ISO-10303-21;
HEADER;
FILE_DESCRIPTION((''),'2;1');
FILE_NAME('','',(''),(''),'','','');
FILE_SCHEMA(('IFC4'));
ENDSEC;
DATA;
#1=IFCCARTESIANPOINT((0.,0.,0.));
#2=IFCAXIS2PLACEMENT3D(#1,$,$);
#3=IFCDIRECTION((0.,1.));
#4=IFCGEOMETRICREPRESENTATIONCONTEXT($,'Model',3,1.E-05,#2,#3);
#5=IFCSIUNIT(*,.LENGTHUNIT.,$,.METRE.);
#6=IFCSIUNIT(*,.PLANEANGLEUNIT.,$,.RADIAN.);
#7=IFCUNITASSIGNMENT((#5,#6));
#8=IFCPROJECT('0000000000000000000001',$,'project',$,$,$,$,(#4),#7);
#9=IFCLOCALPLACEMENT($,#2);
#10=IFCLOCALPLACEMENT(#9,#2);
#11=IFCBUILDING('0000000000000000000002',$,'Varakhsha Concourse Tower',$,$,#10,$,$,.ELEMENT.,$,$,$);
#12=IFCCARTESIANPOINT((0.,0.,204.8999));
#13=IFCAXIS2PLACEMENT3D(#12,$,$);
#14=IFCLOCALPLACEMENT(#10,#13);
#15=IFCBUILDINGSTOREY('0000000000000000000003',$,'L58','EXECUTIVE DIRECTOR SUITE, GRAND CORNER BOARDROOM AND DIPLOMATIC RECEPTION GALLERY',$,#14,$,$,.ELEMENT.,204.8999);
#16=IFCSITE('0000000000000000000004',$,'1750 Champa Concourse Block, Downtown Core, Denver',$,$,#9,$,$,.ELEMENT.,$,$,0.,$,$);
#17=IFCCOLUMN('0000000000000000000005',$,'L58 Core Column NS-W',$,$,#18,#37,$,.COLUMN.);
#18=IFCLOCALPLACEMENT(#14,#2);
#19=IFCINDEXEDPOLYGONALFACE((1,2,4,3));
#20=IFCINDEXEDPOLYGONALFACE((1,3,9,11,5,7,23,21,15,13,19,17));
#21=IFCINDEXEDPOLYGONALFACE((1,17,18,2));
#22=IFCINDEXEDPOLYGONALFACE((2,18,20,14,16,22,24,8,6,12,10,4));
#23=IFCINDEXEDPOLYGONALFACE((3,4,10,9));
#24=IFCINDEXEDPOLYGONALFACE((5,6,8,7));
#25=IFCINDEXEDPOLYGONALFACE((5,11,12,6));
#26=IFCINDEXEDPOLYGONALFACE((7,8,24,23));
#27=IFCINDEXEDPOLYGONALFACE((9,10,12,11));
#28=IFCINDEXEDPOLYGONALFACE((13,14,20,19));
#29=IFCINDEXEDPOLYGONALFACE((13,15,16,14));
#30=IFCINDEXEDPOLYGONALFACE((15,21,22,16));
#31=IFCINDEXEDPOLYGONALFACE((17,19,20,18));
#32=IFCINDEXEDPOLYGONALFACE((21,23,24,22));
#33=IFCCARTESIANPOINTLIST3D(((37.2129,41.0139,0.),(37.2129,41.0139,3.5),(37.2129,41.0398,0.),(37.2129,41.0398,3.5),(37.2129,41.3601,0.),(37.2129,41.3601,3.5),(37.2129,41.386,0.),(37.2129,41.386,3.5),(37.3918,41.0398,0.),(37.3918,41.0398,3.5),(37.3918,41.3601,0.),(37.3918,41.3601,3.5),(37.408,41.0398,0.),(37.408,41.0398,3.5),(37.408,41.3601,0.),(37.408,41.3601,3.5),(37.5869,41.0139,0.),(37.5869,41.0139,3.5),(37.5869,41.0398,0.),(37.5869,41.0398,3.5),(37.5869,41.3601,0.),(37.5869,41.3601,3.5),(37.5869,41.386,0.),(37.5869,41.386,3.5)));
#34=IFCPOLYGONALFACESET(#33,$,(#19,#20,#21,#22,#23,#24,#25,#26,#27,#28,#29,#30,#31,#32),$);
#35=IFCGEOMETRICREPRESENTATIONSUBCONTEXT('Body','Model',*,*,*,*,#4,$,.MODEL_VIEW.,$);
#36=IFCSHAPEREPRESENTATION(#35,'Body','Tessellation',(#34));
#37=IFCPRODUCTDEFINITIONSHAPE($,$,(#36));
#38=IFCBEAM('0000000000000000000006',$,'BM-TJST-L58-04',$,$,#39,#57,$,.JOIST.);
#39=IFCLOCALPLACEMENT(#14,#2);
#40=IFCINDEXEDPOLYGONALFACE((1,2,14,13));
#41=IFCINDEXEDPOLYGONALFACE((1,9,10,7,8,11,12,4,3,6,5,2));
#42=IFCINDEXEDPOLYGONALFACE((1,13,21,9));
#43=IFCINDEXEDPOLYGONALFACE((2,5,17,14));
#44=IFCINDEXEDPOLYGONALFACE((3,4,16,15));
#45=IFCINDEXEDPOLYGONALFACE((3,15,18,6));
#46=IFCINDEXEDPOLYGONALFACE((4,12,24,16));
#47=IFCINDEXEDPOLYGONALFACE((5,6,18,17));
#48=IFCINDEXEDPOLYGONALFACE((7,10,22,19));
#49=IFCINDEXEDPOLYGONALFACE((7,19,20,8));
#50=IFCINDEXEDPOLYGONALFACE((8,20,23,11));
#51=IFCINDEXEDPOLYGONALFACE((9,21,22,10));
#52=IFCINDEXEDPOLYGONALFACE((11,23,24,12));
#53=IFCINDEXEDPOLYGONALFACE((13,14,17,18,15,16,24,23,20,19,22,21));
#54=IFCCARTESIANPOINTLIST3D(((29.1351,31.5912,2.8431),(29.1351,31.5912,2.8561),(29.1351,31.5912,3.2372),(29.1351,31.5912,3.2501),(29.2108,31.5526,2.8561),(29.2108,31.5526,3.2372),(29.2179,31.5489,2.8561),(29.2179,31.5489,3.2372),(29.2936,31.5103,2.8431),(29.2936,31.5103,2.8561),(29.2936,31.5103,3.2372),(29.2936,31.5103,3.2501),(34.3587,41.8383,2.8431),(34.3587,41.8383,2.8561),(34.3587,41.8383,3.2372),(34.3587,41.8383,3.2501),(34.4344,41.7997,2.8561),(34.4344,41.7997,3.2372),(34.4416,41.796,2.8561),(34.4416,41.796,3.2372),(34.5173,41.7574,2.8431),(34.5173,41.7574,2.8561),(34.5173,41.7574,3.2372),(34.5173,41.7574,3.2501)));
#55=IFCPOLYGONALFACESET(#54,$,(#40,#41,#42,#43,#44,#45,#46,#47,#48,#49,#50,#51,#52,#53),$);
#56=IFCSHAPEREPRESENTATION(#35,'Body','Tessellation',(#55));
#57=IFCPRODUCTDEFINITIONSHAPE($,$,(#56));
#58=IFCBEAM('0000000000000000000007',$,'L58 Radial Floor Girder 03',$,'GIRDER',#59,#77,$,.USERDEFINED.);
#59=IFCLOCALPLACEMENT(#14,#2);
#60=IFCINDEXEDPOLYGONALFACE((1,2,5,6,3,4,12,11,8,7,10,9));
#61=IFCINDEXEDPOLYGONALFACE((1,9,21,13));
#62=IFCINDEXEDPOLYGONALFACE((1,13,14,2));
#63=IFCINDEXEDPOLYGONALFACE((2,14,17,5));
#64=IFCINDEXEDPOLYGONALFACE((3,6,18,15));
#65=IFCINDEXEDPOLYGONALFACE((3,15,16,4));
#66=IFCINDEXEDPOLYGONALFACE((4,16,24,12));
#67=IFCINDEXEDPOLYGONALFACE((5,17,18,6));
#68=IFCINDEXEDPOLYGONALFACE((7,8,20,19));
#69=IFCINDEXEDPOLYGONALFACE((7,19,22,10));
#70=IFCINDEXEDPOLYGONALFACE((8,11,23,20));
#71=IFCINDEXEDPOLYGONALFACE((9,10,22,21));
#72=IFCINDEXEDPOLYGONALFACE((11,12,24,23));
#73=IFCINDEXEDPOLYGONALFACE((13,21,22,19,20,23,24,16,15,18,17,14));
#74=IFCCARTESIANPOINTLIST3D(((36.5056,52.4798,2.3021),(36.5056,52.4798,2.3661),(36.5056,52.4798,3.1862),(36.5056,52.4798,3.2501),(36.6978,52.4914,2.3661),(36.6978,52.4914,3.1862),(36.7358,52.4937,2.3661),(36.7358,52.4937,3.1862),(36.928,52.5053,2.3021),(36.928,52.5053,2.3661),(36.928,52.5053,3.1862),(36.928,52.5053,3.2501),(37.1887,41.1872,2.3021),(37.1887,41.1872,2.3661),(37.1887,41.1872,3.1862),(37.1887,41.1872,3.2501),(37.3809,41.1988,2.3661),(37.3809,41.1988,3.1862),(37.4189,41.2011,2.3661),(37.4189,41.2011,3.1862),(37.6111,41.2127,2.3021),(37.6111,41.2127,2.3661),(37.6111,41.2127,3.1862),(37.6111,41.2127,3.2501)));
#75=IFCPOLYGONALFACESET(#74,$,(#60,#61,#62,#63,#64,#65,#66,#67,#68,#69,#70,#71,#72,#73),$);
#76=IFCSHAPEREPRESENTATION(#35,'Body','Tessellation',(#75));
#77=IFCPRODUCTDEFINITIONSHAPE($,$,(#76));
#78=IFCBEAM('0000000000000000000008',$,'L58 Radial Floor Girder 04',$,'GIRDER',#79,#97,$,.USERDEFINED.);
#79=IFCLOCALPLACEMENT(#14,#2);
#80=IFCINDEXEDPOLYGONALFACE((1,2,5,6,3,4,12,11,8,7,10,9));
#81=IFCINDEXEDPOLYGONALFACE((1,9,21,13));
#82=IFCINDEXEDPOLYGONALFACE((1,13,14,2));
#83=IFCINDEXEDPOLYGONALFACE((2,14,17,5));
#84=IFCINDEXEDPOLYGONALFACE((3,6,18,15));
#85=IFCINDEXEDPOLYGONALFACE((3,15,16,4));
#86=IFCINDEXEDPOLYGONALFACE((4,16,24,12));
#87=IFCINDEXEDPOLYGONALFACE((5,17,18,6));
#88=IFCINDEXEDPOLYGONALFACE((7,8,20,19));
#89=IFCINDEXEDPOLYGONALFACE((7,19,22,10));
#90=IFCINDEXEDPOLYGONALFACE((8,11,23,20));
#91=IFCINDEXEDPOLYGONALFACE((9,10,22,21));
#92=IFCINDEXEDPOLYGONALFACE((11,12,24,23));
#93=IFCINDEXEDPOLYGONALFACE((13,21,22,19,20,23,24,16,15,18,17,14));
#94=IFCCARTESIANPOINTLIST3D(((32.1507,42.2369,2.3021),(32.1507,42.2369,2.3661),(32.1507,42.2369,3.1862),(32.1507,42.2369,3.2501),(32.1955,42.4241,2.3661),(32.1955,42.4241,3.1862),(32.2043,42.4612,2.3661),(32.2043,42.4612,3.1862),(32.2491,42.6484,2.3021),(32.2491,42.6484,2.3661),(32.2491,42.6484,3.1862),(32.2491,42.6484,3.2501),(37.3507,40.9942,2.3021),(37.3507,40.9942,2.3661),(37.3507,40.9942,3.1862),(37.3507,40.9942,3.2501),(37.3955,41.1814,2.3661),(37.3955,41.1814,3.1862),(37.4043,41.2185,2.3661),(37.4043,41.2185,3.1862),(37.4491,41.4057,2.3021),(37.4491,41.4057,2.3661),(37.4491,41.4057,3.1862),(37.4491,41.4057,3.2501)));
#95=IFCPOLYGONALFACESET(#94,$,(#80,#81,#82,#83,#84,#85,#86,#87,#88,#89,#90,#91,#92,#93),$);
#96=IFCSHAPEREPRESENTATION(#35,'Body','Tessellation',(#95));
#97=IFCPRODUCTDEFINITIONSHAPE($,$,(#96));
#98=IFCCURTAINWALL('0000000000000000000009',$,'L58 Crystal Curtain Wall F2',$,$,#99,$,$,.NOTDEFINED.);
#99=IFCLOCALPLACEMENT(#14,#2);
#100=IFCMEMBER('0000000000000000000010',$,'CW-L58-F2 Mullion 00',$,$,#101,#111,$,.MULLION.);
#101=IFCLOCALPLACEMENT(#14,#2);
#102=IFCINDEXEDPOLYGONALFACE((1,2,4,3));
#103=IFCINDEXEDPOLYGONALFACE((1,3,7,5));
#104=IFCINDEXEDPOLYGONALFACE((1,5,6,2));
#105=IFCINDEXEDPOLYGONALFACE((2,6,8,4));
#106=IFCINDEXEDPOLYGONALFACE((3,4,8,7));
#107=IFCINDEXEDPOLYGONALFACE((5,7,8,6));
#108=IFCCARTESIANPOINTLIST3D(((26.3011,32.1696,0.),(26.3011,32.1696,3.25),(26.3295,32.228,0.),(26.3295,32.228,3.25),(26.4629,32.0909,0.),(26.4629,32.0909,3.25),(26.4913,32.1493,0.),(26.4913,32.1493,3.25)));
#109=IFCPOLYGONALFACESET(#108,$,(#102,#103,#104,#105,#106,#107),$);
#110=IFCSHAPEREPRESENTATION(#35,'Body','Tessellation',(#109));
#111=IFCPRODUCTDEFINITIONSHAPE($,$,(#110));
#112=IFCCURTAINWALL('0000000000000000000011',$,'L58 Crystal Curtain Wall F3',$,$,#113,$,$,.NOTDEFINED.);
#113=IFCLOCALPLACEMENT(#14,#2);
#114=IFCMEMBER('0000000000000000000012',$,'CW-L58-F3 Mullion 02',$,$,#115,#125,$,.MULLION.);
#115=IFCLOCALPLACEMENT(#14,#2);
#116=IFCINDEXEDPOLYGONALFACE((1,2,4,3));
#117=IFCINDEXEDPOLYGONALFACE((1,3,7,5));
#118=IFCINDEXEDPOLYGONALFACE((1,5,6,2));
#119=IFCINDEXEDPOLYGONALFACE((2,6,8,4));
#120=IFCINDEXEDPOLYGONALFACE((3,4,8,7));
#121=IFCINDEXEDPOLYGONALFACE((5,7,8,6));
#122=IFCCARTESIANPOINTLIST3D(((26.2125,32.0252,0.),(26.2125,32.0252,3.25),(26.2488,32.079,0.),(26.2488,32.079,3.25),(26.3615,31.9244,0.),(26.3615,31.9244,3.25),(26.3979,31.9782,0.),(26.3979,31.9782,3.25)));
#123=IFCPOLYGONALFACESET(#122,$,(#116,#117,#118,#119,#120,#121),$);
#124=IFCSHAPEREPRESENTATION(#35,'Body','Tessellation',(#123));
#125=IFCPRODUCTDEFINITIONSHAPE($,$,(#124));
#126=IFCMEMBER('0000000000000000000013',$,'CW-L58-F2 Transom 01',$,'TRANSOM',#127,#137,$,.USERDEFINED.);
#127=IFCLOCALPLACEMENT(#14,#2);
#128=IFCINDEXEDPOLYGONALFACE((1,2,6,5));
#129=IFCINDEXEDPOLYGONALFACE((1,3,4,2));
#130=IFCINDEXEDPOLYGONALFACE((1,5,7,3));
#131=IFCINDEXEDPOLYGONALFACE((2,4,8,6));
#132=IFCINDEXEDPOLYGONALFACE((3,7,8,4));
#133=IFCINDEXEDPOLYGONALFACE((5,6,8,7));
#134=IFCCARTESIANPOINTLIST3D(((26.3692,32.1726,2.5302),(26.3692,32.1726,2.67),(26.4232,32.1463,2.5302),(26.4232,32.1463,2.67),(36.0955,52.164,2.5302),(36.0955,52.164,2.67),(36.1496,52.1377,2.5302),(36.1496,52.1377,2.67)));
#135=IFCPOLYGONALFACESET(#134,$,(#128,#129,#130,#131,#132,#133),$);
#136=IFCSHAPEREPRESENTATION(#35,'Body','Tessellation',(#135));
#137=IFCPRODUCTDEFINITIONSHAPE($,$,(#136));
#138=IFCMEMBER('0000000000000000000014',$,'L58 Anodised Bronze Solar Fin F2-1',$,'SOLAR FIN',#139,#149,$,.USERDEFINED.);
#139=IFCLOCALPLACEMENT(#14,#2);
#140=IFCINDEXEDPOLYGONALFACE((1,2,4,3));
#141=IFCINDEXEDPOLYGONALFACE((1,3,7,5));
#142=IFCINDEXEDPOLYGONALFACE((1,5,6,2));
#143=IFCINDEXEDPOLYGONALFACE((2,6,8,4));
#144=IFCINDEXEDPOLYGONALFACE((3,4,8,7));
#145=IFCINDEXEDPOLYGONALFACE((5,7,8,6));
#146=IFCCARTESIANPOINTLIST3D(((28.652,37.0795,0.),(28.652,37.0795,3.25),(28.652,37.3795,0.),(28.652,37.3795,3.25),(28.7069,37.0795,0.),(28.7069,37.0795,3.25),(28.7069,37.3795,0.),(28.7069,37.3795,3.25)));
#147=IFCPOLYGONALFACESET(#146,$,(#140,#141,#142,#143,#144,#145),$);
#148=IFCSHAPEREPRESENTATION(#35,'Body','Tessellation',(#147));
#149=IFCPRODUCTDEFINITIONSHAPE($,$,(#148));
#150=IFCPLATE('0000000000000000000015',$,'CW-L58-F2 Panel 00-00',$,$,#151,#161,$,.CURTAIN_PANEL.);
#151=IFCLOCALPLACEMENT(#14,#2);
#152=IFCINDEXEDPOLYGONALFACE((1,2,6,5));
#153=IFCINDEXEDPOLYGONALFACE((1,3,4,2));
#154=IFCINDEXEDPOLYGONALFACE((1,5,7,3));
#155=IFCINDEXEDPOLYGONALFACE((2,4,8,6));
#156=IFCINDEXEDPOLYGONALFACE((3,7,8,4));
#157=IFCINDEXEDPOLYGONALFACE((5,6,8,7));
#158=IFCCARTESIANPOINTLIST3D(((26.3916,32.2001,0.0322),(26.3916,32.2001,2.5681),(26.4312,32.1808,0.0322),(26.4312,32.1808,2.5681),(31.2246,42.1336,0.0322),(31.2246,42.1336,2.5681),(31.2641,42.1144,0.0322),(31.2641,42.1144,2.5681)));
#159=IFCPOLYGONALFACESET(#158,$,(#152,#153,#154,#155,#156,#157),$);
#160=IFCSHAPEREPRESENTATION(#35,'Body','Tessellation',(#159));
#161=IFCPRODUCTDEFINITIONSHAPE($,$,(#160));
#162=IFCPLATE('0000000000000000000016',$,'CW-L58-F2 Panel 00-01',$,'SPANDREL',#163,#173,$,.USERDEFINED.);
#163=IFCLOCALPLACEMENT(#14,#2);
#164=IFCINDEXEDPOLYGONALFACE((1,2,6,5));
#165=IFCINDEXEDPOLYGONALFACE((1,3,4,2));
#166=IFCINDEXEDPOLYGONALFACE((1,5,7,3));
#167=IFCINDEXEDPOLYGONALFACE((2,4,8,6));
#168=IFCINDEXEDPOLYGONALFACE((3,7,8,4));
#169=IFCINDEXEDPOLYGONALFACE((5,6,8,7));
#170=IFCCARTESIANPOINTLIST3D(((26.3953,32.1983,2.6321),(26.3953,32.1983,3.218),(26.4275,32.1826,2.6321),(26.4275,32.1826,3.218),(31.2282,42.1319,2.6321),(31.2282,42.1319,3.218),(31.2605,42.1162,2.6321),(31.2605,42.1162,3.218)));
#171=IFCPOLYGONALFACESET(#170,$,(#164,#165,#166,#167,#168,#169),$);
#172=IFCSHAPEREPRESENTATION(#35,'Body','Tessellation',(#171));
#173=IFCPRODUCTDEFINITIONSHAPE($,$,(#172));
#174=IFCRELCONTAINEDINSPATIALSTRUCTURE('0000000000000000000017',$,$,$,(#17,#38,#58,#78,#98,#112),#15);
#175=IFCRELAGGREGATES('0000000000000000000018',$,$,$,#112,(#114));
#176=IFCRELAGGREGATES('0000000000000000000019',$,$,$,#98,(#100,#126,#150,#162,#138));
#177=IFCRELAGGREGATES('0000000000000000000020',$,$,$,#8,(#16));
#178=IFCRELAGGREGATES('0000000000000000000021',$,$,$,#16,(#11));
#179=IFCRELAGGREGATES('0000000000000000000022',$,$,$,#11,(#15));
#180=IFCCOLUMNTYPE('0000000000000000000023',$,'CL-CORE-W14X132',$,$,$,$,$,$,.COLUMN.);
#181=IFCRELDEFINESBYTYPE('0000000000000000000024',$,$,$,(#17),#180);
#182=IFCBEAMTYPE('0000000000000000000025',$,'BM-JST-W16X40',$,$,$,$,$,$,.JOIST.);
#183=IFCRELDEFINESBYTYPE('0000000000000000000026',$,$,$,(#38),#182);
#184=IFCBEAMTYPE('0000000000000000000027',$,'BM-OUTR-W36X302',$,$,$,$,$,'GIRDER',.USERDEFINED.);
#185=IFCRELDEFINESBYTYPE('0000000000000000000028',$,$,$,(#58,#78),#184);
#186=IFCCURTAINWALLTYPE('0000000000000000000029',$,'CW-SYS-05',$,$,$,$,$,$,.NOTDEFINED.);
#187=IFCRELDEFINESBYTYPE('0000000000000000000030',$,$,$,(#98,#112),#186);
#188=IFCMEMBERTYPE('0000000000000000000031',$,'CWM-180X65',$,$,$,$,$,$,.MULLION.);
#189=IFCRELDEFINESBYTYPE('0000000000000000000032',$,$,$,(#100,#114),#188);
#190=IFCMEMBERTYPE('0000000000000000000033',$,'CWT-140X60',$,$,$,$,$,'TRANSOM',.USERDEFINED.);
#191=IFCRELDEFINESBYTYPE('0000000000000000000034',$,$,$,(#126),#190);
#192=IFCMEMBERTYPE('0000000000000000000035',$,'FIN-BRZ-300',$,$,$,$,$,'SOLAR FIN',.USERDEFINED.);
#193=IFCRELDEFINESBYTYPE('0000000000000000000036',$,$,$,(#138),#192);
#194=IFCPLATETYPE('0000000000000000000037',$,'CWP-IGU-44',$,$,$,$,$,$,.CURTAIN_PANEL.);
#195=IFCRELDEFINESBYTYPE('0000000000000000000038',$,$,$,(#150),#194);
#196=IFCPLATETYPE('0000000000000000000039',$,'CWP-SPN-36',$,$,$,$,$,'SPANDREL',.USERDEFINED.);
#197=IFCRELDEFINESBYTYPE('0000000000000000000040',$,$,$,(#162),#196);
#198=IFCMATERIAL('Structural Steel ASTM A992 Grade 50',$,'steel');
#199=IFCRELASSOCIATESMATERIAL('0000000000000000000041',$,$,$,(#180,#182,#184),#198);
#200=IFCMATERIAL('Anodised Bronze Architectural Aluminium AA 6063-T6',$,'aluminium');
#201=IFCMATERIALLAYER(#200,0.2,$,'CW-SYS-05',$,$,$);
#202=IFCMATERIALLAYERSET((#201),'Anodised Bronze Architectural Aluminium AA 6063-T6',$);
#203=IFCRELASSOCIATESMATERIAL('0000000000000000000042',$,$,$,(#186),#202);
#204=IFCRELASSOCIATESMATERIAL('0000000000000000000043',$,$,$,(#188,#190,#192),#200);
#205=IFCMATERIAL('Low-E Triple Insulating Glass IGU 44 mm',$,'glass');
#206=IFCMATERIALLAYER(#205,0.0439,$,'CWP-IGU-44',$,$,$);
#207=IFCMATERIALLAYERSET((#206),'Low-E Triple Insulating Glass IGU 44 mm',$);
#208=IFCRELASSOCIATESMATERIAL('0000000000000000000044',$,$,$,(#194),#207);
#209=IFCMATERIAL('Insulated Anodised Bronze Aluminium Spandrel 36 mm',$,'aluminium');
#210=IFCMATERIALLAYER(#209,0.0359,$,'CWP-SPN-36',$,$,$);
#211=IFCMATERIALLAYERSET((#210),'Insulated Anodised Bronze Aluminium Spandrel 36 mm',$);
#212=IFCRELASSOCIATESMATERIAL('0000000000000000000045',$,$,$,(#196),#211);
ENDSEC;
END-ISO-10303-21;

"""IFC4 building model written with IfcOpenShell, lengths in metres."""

from ifc_helpers import new_model, si_unit, direction, frame, origin, origin_2d, place, context, subcontext, project, spatial, rectangle, i_section, extrude, source, transform, mapped, material, layer, layer_set, material_profile, profile_set, type_object, type_shapes, element, aggregate, save


model = new_model("IFC4")

# Units and contexts
model_context = context("Model", 3, precision=1e-05, world=origin(), true_north=direction((0.0, 1.0)))
body_context = subcontext(model_context, "Body", "Model", "MODEL_VIEW")
ifc_project = project(units=[si_unit("LENGTHUNIT", "METRE"), si_unit("PLANEANGLEUNIT", "RADIAN")], contexts=[model_context])

# Site, building, storey
site_placement = place(None, origin())
site = spatial("IfcSite", under=ifc_project, at=site_placement, Name="1750 Champa Concourse Block, Downtown Core, Denver", CompositionType="ELEMENT", RefElevation=0.0)
building_placement = place(site_placement, origin())
building = spatial("IfcBuilding", under=site, at=building_placement, Name="Varakhsha Concourse Tower", CompositionType="ELEMENT")
storey_placement = place(building_placement, frame((0.0, 0.0, 204.8999)))
storey = spatial("IfcBuildingStorey", under=building, at=storey_placement, Name="L58", Description="EXECUTIVE DIRECTOR SUITE, GRAND CORNER BOARDROOM AND DIPLOMATIC RECEPTION GALLERY", CompositionType="ELEMENT", Elevation=204.8999)

# Column
ifc_material_1 = material(Name="Structural Steel ASTM A992 Grade 50", Category="steel")
ifc_material_profile_1 = material_profile(ifc_material_1, i_section(OverallWidth=0.374, OverallDepth=0.3721, WebThickness=0.0161, FlangeThickness=0.0259, at=origin_2d()), Name="W14X132")
ifc_profile_set_1 = profile_set([ifc_material_profile_1], Name="Structural Steel ASTM A992 Grade 50")
column_type = type_object("IfcColumnType", Name="CL-CORE-W14X132", PredefinedType="COLUMN", material=ifc_profile_set_1)
column_placement = place(storey_placement, frame((37.3999, 41.2, 0.0), z_axis=(0.0, 0.0, 1.0), x_axis=(1.0, 0.0, 0.0)))
element("IfcColumn", 1, at=column_placement, inside=storey, type_object=column_type, Name="L58 Core Column NS-W", PredefinedType="COLUMN", context=body_context, shape_type="SweptSolid", body=[
    extrude(i_section(OverallWidth=0.374, OverallDepth=0.3721, WebThickness=0.0161, FlangeThickness=0.0259, at=origin_2d()), origin(), (0.0, 0.0, 1.0), 3.5),
])

# Beams
ifc_material_profile_2 = material_profile(ifc_material_1, i_section(OverallWidth=0.178, OverallDepth=0.407, WebThickness=0.0081, FlangeThickness=0.0129, at=origin_2d()), Name="W16X40")
ifc_profile_set_2 = profile_set([ifc_material_profile_2], Name="Structural Steel ASTM A992 Grade 50")
beam_type_1 = type_object("IfcBeamType", Name="BM-JST-W16X40", PredefinedType="JOIST", material=ifc_profile_set_2)
beam_1_placement = place(storey_placement, frame((34.438, 41.7979, 3.0466), z_axis=(-0.454162, -0.890919, 0.0), x_axis=(0.890919, -0.454162, 0.0)))
element("IfcBeam", 2, at=beam_1_placement, inside=storey, type_object=beam_type_1, Name="BM-TJST-L58-04", PredefinedType="JOIST", context=body_context, shape_type="SweptSolid", body=[
    extrude(i_section(OverallWidth=0.178, OverallDepth=0.407, WebThickness=0.0081, FlangeThickness=0.0129, at=origin_2d()), origin(), (0.0, 0.0, 1.0), 11.5017),
])
ifc_material_profile_3 = material_profile(ifc_material_1, i_section(OverallWidth=0.4231, OverallDepth=0.948, WebThickness=0.0381, FlangeThickness=0.064, at=origin_2d()), Name="W36X302")
ifc_profile_set_3 = profile_set([ifc_material_profile_3], Name="Structural Steel ASTM A992 Grade 50")
beam_type_2 = type_object("IfcBeamType", Name="BM-OUTR-W36X302", ElementType="GIRDER", PredefinedType="USERDEFINED", material=ifc_profile_set_3)
beam_2_placement = place(storey_placement, frame((37.3999, 41.2, 2.7761), z_axis=(-0.060382, 0.998175, 0.0), x_axis=(-0.998175, -0.060382, 0.0)))
element("IfcBeam", 3, at=beam_2_placement, inside=storey, type_object=beam_type_2, Name="L58 Radial Floor Girder 03", ObjectType="GIRDER", PredefinedType="USERDEFINED", context=body_context, shape_type="SweptSolid", body=[
    extrude(i_section(OverallWidth=0.4231, OverallDepth=0.948, WebThickness=0.0381, FlangeThickness=0.064, at=origin_2d()), origin(), (0.0, 0.0, 1.0), 11.3132),
])
beam_3_placement = place(storey_placement, frame((37.3999, 41.2, 2.7761), z_axis=(-0.972612, 0.232433, 0.0), x_axis=(-0.232433, -0.972612, 0.0)))
element("IfcBeam", 4, at=beam_3_placement, inside=storey, type_object=beam_type_2, Name="L58 Radial Floor Girder 04", ObjectType="GIRDER", PredefinedType="USERDEFINED", context=body_context, shape_type="SweptSolid", body=[
    extrude(i_section(OverallWidth=0.4231, OverallDepth=0.948, WebThickness=0.0381, FlangeThickness=0.064, at=origin_2d()), origin(), (0.0, 0.0, 1.0), 5.3464),
])

# Curtain walls, members
ifc_material_2 = material(Name="Anodised Bronze Architectural Aluminium AA 6063-T6", Category="aluminium")
ifc_layer_1 = layer(ifc_material_2, 0.2, Name="CW-SYS-05")
ifc_layer_set_1 = layer_set([ifc_layer_1], Name="Anodised Bronze Architectural Aluminium AA 6063-T6")
curtain_wall_type = type_object("IfcCurtainWallType", Name="CW-SYS-05", PredefinedType="NOTDEFINED", material=ifc_layer_set_1)
curtain_wall_1_placement = place(storey_placement, origin())
curtain_wall_1 = element("IfcCurtainWall", 5, at=curtain_wall_1_placement, inside=storey, type_object=curtain_wall_type, Name="L58 Crystal Curtain Wall F2", PredefinedType="NOTDEFINED")
ifc_material_profile_4 = material_profile(ifc_material_2, rectangle(XDim=0.0649, YDim=0.1799, at=origin_2d()), Name="CWM-180X65")
ifc_profile_set_4 = profile_set([ifc_material_profile_4], Name="Anodised Bronze Architectural Aluminium AA 6063-T6")
member_type_1 = type_object("IfcMemberType", Name="CWM-180X65", PredefinedType="MULLION", material=ifc_profile_set_4)
shared_shape_1 = source(origin(), body_context, "Body", "SweptSolid", [
    extrude(rectangle(XDim=0.0649, YDim=0.1799, at=origin_2d()), origin(), (0.0, 0.0, 1.0), 3.25),
])
type_shapes(member_type_1, [shared_shape_1])
member_1_placement = place(storey_placement, frame((26.3962, 32.1594, 0.0), z_axis=(0.0, 0.0, 1.0), x_axis=(0.437497, 0.89922, 0.0)))
member_1 = element("IfcMember", 6, at=member_1_placement, type_object=member_type_1, Name="CW-L58-F2 Mullion 00", PredefinedType="MULLION", context=body_context, shape_type="MappedRepresentation", body=[
    mapped(shared_shape_1, transform((0.0, 0.0, 0.0), scale=1.0)),
])
curtain_wall_2_placement = place(storey_placement, origin())
curtain_wall_2 = element("IfcCurtainWall", 7, at=curtain_wall_2_placement, inside=storey, type_object=curtain_wall_type, Name="L58 Crystal Curtain Wall F3", PredefinedType="NOTDEFINED")
member_2_placement = place(storey_placement, frame((26.3052, 32.0017, 0.0), z_axis=(0.0, 0.0, 1.0), x_axis=(0.559999, 0.828494, 0.0)))
member_2 = element("IfcMember", 8, at=member_2_placement, type_object=member_type_1, Name="CW-L58-F3 Mullion 02", PredefinedType="MULLION", context=body_context, shape_type="MappedRepresentation", body=[
    mapped(shared_shape_1, transform((0.0, 0.0, 0.0), scale=1.0)),
])
aggregate(curtain_wall_2, [member_2])

# Members
ifc_material_profile_5 = material_profile(ifc_material_2, rectangle(XDim=0.0601, YDim=0.1399, at=origin_2d()), Name="CWT-140X60")
ifc_profile_set_5 = profile_set([ifc_material_profile_5], Name="Anodised Bronze Architectural Aluminium AA 6063-T6")
member_type_2 = type_object("IfcMemberType", Name="CWT-140X60", ElementType="TRANSOM", PredefinedType="USERDEFINED", material=ifc_profile_set_5)
shared_shape_2 = source(origin(), body_context, "Body", "SweptSolid", [
    extrude(rectangle(XDim=0.0601, YDim=0.1399, at=origin_2d()), origin(), (0.0, 0.0, 1.0), 22.2319),
])
type_shapes(member_type_2, [shared_shape_2])
member_3_placement = place(storey_placement, frame((26.3962, 32.1594, 2.6001), z_axis=(0.437493, 0.899222, 0.0), x_axis=(-0.899222, 0.437493, 0.0)))
member_3 = element("IfcMember", 9, at=member_3_placement, type_object=member_type_2, Name="CW-L58-F2 Transom 01", ObjectType="TRANSOM", PredefinedType="USERDEFINED", context=body_context, shape_type="MappedRepresentation", body=[
    mapped(shared_shape_2, transform((0.0, 0.0, 0.0), scale=1.0)),
])
ifc_material_profile_6 = material_profile(ifc_material_2, rectangle(XDim=0.0549, YDim=0.3, at=origin_2d()), Name="FIN-BRZ-300")
ifc_profile_set_6 = profile_set([ifc_material_profile_6], Name="Anodised Bronze Architectural Aluminium AA 6063-T6")
member_type_3 = type_object("IfcMemberType", Name="FIN-BRZ-300", ElementType="SOLAR FIN", PredefinedType="USERDEFINED", material=ifc_profile_set_6)
shared_shape_3 = source(origin(), body_context, "Body", "SweptSolid", [
    extrude(rectangle(XDim=0.0549, YDim=0.3, at=origin_2d()), origin(), (0.0, 0.0, 1.0), 3.25),
])
type_shapes(member_type_3, [shared_shape_3])
member_4_placement = place(storey_placement, frame((28.6794, 37.2295, 0.0), z_axis=(0.0, 0.0, 1.0), x_axis=(1.0, 0.0, 0.0)))
member_4 = element("IfcMember", 10, at=member_4_placement, type_object=member_type_3, Name="L58 Anodised Bronze Solar Fin F2-1", ObjectType="SOLAR FIN", PredefinedType="USERDEFINED", context=body_context, shape_type="MappedRepresentation", body=[
    mapped(shared_shape_3, transform((0.0, 0.0, 0.0), scale=1.0)),
])

# Plates
ifc_material_3 = material(Name="Low-E Triple Insulating Glass IGU 44 mm", Category="glass")
ifc_layer_2 = layer(ifc_material_3, 0.0439, Name="CWP-IGU-44")
ifc_layer_set_2 = layer_set([ifc_layer_2], Name="Low-E Triple Insulating Glass IGU 44 mm")
plate_type_1 = type_object("IfcPlateType", Name="CWP-IGU-44", PredefinedType="CURTAIN_PANEL", material=ifc_layer_set_2)
shared_shape_4 = source(origin(), body_context, "Body", "SweptSolid", [
    extrude(rectangle(XDim=11.0469, YDim=0.0439, at=origin_2d()), origin(), (0.0, 0.0, 1.0), 2.5359),
])
type_shapes(plate_type_1, [shared_shape_4])
plate_1_placement = place(storey_placement, frame((28.8279, 37.1572, 0.0322), z_axis=(0.0, 0.0, 1.0), x_axis=(0.437497, 0.89922, 0.0)))
plate_1 = element("IfcPlate", 11, at=plate_1_placement, type_object=plate_type_1, Name="CW-L58-F2 Panel 00-00", PredefinedType="CURTAIN_PANEL", context=body_context, shape_type="MappedRepresentation", body=[
    mapped(shared_shape_4, transform((0.0, 0.0, 0.0), scale=1.0)),
])
ifc_material_4 = material(Name="Insulated Anodised Bronze Aluminium Spandrel 36 mm", Category="aluminium")
ifc_layer_3 = layer(ifc_material_4, 0.0359, Name="CWP-SPN-36")
ifc_layer_set_3 = layer_set([ifc_layer_3], Name="Insulated Anodised Bronze Aluminium Spandrel 36 mm")
plate_type_2 = type_object("IfcPlateType", Name="CWP-SPN-36", ElementType="SPANDREL", PredefinedType="USERDEFINED", material=ifc_layer_set_3)
shared_shape_5 = source(origin(), body_context, "Body", "SweptSolid", [
    extrude(rectangle(XDim=11.0469, YDim=0.0359, at=origin_2d()), origin(), (0.0, 0.0, 1.0), 0.5859),
])
type_shapes(plate_type_2, [shared_shape_5])
plate_2_placement = place(storey_placement, frame((28.8279, 37.1572, 2.6321), z_axis=(0.0, 0.0, 1.0), x_axis=(0.437497, 0.89922, 0.0)))
plate_2 = element("IfcPlate", 12, at=plate_2_placement, type_object=plate_type_2, Name="CW-L58-F2 Panel 00-01", ObjectType="SPANDREL", PredefinedType="USERDEFINED", context=body_context, shape_type="MappedRepresentation", body=[
    mapped(shared_shape_5, transform((0.0, 0.0, 0.0), scale=1.0)),
])
aggregate(curtain_wall_1, [member_1, member_3, plate_1, plate_2, member_4])

save(model, "model.ifc")
